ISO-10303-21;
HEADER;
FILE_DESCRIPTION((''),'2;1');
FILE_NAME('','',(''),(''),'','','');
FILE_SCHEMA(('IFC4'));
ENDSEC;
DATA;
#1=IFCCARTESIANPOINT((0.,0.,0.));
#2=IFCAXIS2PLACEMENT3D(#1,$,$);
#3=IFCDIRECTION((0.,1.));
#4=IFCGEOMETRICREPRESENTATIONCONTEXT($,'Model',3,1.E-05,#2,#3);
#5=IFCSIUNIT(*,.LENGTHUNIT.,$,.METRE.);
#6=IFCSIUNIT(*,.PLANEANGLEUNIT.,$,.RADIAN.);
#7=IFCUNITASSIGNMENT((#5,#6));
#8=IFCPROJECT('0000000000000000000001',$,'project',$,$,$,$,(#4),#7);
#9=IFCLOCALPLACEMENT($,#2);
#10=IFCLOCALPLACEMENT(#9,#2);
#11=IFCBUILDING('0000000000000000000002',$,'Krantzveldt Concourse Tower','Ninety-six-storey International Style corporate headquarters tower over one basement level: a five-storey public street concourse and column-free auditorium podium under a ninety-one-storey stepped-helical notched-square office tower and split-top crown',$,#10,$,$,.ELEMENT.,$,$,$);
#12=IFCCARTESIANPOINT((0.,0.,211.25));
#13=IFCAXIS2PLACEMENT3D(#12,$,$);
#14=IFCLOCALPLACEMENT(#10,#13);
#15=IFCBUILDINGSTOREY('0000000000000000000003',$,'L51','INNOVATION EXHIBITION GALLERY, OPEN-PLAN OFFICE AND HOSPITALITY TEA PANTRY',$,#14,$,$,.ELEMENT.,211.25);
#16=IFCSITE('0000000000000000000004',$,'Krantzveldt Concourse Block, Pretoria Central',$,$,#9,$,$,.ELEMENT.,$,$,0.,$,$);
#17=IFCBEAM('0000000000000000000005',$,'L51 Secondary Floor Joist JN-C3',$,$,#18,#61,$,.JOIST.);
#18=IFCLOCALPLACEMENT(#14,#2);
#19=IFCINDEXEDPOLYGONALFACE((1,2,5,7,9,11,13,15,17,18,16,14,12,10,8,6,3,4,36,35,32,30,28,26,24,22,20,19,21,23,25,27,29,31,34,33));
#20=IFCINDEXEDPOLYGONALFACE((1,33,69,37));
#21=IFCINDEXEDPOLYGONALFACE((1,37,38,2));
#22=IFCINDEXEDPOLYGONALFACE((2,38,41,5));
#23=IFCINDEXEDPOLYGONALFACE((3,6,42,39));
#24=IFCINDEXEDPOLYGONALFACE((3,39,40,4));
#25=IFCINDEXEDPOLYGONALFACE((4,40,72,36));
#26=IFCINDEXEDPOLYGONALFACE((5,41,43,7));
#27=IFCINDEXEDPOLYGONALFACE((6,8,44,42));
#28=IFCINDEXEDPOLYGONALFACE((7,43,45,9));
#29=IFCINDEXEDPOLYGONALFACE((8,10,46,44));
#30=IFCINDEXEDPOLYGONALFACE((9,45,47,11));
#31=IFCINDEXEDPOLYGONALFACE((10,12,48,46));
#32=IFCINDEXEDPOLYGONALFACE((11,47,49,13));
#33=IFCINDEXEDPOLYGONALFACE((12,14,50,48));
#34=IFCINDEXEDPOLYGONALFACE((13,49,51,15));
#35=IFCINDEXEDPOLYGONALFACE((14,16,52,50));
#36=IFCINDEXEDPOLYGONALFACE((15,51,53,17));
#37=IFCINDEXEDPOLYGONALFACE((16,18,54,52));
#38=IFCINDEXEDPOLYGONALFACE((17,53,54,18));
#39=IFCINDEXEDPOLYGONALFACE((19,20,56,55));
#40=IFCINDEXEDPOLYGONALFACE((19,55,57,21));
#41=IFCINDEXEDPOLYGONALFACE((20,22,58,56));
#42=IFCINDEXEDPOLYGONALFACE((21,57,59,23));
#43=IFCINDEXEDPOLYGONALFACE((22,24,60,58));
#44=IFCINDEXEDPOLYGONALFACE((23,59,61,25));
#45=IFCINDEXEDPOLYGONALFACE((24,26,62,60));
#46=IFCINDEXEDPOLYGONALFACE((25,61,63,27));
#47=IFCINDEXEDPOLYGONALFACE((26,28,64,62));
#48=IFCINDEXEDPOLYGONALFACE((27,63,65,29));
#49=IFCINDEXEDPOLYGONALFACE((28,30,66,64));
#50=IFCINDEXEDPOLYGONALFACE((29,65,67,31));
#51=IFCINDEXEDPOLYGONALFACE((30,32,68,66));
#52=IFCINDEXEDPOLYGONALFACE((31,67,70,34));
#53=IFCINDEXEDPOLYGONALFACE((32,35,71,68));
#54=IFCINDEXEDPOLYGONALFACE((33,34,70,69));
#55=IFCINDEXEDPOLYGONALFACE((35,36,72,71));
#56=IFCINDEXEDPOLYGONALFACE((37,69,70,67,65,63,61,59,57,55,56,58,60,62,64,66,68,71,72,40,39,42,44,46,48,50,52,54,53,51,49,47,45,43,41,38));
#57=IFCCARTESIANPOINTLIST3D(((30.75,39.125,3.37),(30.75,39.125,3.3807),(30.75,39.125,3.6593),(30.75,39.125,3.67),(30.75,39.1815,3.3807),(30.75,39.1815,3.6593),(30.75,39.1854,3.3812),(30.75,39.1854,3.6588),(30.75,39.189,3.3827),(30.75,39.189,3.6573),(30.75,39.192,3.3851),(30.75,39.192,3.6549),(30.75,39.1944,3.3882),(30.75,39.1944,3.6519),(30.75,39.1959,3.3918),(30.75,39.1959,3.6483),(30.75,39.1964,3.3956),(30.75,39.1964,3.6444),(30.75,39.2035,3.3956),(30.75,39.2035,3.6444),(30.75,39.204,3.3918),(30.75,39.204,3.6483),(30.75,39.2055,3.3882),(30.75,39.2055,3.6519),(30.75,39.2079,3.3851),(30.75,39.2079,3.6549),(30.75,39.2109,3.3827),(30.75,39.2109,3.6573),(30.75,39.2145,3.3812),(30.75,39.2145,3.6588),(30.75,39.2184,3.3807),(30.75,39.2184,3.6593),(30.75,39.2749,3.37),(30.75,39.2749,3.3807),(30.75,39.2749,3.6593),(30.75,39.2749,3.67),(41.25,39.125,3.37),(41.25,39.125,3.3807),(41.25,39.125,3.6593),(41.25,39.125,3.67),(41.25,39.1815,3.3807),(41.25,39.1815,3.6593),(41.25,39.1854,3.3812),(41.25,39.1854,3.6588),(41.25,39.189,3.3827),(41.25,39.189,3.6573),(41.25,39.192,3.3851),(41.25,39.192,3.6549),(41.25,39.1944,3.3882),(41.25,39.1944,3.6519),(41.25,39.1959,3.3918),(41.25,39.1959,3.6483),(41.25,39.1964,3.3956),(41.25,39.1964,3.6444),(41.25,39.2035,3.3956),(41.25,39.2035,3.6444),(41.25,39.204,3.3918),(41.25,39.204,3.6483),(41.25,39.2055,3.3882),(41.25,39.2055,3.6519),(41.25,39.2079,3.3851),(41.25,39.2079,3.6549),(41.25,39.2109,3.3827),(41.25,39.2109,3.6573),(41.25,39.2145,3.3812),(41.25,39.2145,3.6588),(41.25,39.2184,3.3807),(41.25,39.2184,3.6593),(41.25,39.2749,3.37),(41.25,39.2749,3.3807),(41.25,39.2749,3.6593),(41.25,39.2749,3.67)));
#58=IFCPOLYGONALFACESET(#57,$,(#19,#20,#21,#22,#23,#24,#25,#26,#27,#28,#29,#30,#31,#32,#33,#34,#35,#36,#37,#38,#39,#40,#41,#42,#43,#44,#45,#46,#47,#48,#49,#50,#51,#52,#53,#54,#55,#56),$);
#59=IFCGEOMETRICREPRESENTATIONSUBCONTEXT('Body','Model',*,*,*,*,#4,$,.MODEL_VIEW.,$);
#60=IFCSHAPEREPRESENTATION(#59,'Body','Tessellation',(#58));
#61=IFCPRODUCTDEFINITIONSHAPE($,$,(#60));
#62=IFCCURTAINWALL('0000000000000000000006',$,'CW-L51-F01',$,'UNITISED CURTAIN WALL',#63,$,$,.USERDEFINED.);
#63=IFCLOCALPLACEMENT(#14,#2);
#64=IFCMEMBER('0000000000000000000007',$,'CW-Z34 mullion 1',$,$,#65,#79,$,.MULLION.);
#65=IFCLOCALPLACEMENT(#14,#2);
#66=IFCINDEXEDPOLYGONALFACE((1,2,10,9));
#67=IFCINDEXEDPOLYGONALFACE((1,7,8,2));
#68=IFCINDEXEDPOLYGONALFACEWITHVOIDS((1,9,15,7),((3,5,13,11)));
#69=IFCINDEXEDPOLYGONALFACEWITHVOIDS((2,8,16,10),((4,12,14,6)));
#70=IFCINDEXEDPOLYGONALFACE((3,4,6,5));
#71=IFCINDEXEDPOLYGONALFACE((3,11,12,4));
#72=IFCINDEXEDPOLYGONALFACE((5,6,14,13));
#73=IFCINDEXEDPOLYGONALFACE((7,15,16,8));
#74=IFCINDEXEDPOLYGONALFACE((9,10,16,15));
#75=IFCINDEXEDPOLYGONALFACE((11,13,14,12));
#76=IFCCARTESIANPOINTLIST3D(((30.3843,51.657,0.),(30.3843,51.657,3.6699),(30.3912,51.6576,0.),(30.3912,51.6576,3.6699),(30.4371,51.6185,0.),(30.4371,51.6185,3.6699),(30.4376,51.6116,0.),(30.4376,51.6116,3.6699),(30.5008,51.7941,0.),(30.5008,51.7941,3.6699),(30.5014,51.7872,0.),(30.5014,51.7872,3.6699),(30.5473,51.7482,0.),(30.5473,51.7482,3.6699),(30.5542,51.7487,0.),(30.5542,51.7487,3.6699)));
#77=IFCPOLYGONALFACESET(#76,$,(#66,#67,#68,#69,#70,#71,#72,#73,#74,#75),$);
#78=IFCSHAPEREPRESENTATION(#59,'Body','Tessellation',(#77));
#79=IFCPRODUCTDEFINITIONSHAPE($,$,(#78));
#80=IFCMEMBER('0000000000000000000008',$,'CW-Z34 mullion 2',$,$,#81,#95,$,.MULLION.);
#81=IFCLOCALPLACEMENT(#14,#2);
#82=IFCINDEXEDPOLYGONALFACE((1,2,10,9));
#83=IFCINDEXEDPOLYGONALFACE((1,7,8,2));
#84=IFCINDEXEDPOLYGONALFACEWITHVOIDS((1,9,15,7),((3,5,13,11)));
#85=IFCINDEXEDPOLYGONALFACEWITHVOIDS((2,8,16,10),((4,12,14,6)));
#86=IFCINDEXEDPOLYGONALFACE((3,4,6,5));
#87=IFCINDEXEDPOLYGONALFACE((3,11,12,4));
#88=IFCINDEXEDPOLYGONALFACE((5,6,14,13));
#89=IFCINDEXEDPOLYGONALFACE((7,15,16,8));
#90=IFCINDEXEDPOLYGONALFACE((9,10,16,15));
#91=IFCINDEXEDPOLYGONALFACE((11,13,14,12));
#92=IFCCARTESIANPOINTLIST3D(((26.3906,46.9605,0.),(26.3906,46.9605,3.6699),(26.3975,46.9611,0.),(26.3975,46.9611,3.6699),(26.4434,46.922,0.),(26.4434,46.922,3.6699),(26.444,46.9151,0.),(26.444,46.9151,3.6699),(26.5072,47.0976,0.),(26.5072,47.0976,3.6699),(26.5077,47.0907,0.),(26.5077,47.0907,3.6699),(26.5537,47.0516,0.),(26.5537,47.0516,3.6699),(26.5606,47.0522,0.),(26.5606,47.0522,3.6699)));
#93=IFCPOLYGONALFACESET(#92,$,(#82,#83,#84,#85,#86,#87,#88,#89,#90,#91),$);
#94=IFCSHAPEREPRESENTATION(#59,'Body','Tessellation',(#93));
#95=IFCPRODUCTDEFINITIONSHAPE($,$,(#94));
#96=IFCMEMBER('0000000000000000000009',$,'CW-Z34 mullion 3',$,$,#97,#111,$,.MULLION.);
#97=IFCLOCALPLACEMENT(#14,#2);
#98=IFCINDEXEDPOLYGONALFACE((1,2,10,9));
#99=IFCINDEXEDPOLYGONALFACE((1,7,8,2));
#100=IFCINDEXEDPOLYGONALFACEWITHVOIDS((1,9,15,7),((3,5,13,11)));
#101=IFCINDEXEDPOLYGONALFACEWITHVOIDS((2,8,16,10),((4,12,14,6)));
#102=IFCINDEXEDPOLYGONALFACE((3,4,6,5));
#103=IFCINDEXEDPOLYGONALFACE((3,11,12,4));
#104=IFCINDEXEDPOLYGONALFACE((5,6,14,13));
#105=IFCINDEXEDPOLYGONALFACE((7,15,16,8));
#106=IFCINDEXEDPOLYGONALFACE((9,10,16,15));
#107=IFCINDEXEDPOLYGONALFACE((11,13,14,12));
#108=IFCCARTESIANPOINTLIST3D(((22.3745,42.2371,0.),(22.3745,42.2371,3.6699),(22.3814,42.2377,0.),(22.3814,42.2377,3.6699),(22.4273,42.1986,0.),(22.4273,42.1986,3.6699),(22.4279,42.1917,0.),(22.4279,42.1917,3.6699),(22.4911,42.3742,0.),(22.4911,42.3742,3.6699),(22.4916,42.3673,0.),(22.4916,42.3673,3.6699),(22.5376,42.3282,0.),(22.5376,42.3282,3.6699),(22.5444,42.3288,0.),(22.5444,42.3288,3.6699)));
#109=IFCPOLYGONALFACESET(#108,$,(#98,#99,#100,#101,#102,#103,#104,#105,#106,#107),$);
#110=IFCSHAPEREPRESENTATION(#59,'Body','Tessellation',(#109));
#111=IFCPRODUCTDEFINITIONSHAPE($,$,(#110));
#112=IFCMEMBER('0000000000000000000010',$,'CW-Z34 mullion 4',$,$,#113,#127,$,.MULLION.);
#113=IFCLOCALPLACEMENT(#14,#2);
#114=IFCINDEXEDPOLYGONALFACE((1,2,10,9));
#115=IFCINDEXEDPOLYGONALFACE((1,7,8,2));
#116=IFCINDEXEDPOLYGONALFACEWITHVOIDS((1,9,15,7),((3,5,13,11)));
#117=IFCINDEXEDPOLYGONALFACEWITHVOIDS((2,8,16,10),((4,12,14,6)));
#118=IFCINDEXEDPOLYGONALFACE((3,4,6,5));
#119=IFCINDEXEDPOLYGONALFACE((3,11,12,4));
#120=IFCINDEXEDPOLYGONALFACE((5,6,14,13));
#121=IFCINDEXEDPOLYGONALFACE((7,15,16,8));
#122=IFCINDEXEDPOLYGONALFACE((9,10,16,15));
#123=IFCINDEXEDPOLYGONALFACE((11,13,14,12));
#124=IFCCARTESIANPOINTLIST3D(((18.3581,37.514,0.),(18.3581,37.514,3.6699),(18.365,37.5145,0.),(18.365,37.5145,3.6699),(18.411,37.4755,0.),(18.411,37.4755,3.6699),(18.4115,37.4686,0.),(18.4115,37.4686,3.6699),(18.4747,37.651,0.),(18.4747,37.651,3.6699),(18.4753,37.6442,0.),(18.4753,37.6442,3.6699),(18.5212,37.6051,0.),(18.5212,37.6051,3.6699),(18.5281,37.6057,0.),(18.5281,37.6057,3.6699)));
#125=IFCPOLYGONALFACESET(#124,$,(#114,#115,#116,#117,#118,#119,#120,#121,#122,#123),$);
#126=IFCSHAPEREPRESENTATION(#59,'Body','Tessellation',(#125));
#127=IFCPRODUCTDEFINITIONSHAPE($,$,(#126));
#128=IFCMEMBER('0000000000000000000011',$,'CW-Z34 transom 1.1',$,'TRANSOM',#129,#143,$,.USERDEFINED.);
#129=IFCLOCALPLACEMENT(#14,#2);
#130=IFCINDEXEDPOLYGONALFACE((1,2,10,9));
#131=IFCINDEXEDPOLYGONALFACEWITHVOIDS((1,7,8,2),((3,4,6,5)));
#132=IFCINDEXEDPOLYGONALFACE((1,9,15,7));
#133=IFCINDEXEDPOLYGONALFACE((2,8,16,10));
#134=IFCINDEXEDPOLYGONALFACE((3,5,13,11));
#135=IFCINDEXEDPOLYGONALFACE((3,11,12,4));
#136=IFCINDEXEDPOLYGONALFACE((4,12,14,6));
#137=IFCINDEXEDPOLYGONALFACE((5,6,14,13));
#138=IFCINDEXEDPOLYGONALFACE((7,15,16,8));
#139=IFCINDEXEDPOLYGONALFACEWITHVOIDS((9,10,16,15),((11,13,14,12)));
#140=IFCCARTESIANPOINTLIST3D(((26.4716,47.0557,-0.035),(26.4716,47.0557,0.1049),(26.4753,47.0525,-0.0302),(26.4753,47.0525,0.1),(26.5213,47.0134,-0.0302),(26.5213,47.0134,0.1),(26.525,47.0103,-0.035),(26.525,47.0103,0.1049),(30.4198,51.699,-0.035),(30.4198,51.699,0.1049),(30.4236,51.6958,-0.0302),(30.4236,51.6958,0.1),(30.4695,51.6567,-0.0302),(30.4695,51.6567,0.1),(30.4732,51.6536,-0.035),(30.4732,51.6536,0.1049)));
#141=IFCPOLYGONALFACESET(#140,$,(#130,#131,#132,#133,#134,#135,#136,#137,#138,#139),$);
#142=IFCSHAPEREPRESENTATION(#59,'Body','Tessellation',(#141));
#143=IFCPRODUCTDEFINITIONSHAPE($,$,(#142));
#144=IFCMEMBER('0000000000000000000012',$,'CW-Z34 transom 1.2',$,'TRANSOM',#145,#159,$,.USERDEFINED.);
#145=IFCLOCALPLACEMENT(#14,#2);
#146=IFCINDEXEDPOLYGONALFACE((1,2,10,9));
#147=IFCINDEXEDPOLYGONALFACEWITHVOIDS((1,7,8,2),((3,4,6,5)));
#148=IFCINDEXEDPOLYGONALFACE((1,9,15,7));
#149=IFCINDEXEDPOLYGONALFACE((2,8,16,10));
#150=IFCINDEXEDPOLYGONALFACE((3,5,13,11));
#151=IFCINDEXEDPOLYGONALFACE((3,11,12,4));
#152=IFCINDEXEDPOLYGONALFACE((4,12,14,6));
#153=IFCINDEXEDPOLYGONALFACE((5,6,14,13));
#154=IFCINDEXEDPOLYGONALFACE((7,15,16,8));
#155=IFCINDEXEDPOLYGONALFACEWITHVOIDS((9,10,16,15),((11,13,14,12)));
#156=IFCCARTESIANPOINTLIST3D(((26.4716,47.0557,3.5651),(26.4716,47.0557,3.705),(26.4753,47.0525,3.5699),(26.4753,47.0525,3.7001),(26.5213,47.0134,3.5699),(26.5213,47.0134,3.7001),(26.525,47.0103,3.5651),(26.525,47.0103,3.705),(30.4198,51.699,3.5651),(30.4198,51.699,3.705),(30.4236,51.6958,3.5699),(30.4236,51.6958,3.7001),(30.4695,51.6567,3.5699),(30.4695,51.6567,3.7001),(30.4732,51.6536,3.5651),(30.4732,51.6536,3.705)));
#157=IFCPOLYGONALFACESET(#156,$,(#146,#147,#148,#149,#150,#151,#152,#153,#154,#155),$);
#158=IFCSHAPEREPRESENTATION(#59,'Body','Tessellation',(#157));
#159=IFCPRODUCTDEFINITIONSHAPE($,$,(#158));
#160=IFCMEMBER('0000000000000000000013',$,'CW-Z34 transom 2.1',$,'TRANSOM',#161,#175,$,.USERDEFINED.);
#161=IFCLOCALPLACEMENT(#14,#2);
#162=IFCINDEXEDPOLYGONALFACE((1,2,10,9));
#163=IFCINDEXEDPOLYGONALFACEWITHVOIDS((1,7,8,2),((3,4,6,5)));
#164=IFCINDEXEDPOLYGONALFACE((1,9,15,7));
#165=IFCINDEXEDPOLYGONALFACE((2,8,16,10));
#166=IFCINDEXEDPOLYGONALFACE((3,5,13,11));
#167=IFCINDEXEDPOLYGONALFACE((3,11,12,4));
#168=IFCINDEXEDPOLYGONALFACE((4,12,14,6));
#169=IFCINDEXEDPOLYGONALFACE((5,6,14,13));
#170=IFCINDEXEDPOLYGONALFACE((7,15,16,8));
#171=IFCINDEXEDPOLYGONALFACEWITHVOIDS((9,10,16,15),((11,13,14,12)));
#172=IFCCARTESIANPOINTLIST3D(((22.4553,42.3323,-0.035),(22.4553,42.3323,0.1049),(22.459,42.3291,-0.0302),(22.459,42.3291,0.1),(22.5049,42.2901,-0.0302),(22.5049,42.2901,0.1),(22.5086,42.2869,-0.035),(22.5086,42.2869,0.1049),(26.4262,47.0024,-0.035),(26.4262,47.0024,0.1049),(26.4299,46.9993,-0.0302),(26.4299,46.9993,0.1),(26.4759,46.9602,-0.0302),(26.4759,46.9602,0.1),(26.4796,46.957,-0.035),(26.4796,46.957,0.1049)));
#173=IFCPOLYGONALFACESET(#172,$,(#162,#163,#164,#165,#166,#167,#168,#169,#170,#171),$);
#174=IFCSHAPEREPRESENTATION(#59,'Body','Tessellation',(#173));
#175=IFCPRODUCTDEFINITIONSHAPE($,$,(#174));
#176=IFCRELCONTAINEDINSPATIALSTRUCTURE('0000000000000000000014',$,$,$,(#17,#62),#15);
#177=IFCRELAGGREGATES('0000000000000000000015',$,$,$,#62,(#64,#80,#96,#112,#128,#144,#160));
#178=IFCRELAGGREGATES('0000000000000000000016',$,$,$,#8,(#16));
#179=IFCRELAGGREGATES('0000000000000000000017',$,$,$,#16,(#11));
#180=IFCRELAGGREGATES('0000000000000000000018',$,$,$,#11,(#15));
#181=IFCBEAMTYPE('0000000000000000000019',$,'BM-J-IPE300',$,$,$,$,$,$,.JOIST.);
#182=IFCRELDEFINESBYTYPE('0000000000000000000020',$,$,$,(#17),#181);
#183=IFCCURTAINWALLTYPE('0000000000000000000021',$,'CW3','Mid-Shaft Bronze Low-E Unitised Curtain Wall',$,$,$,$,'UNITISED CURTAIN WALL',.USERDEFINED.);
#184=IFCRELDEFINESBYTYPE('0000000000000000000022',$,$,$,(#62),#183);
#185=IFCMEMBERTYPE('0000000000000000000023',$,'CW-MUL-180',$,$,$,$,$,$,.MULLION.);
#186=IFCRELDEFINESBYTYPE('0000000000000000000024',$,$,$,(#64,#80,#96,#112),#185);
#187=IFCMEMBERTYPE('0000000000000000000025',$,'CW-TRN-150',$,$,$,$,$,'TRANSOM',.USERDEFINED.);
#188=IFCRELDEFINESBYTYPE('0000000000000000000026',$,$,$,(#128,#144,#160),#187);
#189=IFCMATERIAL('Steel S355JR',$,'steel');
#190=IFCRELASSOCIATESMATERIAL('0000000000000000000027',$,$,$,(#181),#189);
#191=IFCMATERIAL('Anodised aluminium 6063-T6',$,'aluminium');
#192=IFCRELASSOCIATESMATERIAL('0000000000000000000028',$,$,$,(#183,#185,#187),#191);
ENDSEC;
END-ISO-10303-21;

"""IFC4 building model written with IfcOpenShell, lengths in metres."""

from ifc_helpers import new_model, si_unit, direction, frame, origin, origin_2d, place, context, subcontext, project, spatial, hollow_rectangle, i_section, extrude, source, transform, mapped, material, material_profile, profile_set, type_object, type_shapes, element, aggregate, save


model = new_model("IFC4")

# Units and contexts
model_context = context("Model", 3, precision=1e-05, world=origin(), true_north=direction((0.0, 1.0)))
body_context = subcontext(model_context, "Body", "Model", "MODEL_VIEW")
ifc_project = project(units=[si_unit("LENGTHUNIT", "METRE"), si_unit("PLANEANGLEUNIT", "RADIAN")], contexts=[model_context])

# Site, building, storey
site_placement = place(None, origin())
site = spatial("IfcSite", under=ifc_project, at=site_placement, Name="Krantzveldt Concourse Block, Pretoria Central", CompositionType="ELEMENT", RefElevation=0.0)
building_placement = place(site_placement, origin())
building = spatial("IfcBuilding", under=site, at=building_placement, Name="Krantzveldt Concourse Tower", Description="Ninety-six-storey International Style corporate headquarters tower over one basement level: a five-storey public street concourse and column-free auditorium podium under a ninety-one-storey stepped-helical notched-square office tower and split-top crown", CompositionType="ELEMENT")
storey_placement = place(building_placement, frame((0.0, 0.0, 211.25)))
storey = spatial("IfcBuildingStorey", under=building, at=storey_placement, Name="L51", Description="INNOVATION EXHIBITION GALLERY, OPEN-PLAN OFFICE AND HOSPITALITY TEA PANTRY", CompositionType="ELEMENT", Elevation=211.25)

# Beam
ifc_material_1 = material(Name="Steel S355JR", Category="steel")
ifc_material_profile_1 = material_profile(ifc_material_1, i_section(OverallWidth=0.1499, OverallDepth=0.3, WebThickness=0.0071, FlangeThickness=0.0107, FilletRadius=0.0149, at=origin_2d()), Name="Steel S355JR", Category="steel")
ifc_profile_set_1 = profile_set([ifc_material_profile_1], Name="Steel S355JR - IPE 300")
beam_type_1 = type_object("IfcBeamType", Name="BM-J-IPE300", PredefinedType="JOIST", material=ifc_profile_set_1)
shared_shape_1 = source(origin(), body_context, "Body", "SweptSolid", [
    extrude(i_section(OverallWidth=0.1499, OverallDepth=0.3, WebThickness=0.0071, FlangeThickness=0.0107, FilletRadius=0.0149, at=origin_2d()), origin(), (0.0, 0.0, 1.0), 10.5),
])
type_shapes(beam_type_1, [shared_shape_1])
beam_1_placement = place(storey_placement, frame((30.75, 39.2, 3.52), z_axis=(1.0, 0.0, 0.0), x_axis=(0.0, 1.0, 0.0)))
element("IfcBeam", 1, at=beam_1_placement, inside=storey, type_object=beam_type_1, Name="L51 Secondary Floor Joist JN-C3", PredefinedType="JOIST", context=body_context, shape_type="MappedRepresentation", body=[
    mapped(shared_shape_1, transform((0.0, 0.0, 0.0), x_axis=(1.0, 0.0, 0.0), y_axis=(0.0, 1.0, 0.0), z_axis=(0.0, 0.0, 1.0), scale=1.0)),
])

# Curtain wall, members
ifc_material_2 = material(Name="Anodised aluminium 6063-T6", Category="aluminium")
curtain_wall_type = type_object("IfcCurtainWallType", Name="CW3", Description="Mid-Shaft Bronze Low-E Unitised Curtain Wall", ElementType="UNITISED CURTAIN WALL", PredefinedType="USERDEFINED", material=ifc_material_2)
curtain_wall_placement = place(storey_placement, origin())
curtain_wall = element("IfcCurtainWall", 2, at=curtain_wall_placement, inside=storey, type_object=curtain_wall_type, Name="CW-L51-F01", ObjectType="UNITISED CURTAIN WALL", PredefinedType="USERDEFINED")
ifc_material_profile_2 = material_profile(ifc_material_2, hollow_rectangle(XDim=0.0701, YDim=0.1799, WallThickness=0.0049, at=origin_2d()), Name="Anodised aluminium 6063-T6", Category="aluminium")
ifc_profile_set_2 = profile_set([ifc_material_profile_2], Name="Anodised aluminium 6063-T6 - ALU-MULL 180x70x5")
member_type_1 = type_object("IfcMemberType", Name="CW-MUL-180", PredefinedType="MULLION", material=ifc_profile_set_2)
shared_shape_2 = source(origin(), body_context, "Body", "SweptSolid", [
    extrude(hollow_rectangle(XDim=0.0701, YDim=0.1799, WallThickness=0.0049, at=origin_2d()), origin(), (0.0, 0.0, 1.0), 3.6699),
])
type_shapes(member_type_1, [shared_shape_2])
member_1_placement = place(storey_placement, frame((30.4692, 51.7029, 0.0), z_axis=(0.0, 0.0, 1.0), x_axis=(0.761821, -0.647788, 0.0)))
member_1 = element("IfcMember", 3, at=member_1_placement, type_object=member_type_1, Name="CW-Z34 mullion 1", PredefinedType="MULLION", context=body_context, shape_type="MappedRepresentation", body=[
    mapped(shared_shape_2, transform((0.0, 0.0, 0.0), x_axis=(1.0, 0.0, 0.0), y_axis=(0.0, 1.0, 0.0), z_axis=(0.0, 0.0, 1.0), scale=1.0)),
])
member_2_placement = place(storey_placement, frame((26.4756, 47.0063, 0.0), z_axis=(0.0, 0.0, 1.0), x_axis=(0.761821, -0.647788, 0.0)))
member_2 = element("IfcMember", 4, at=member_2_placement, type_object=member_type_1, Name="CW-Z34 mullion 2", PredefinedType="MULLION", context=body_context, shape_type="MappedRepresentation", body=[
    mapped(shared_shape_2, transform((0.0, 0.0, 0.0), x_axis=(1.0, 0.0, 0.0), y_axis=(0.0, 1.0, 0.0), z_axis=(0.0, 0.0, 1.0), scale=1.0)),
])
member_3_placement = place(storey_placement, frame((22.4595, 42.283, 0.0), z_axis=(0.0, 0.0, 1.0), x_axis=(0.761821, -0.647788, 0.0)))
member_3 = element("IfcMember", 5, at=member_3_placement, type_object=member_type_1, Name="CW-Z34 mullion 3", PredefinedType="MULLION", context=body_context, shape_type="MappedRepresentation", body=[
    mapped(shared_shape_2, transform((0.0, 0.0, 0.0), x_axis=(1.0, 0.0, 0.0), y_axis=(0.0, 1.0, 0.0), z_axis=(0.0, 0.0, 1.0), scale=1.0)),
])
member_4_placement = place(storey_placement, frame((18.4431, 37.5598, 0.0), z_axis=(0.0, 0.0, 1.0), x_axis=(0.761821, -0.647788, 0.0)))
member_4 = element("IfcMember", 6, at=member_4_placement, type_object=member_type_1, Name="CW-Z34 mullion 4", PredefinedType="MULLION", context=body_context, shape_type="MappedRepresentation", body=[
    mapped(shared_shape_2, transform((0.0, 0.0, 0.0), x_axis=(1.0, 0.0, 0.0), y_axis=(0.0, 1.0, 0.0), z_axis=(0.0, 0.0, 1.0), scale=1.0)),
])
ifc_material_profile_3 = material_profile(ifc_material_2, hollow_rectangle(XDim=0.0701, YDim=0.1399, WallThickness=0.0049, at=origin_2d()), Name="Anodised aluminium 6063-T6", Category="aluminium")
ifc_profile_set_3 = profile_set([ifc_material_profile_3], Name="Anodised aluminium 6063-T6 - ALU-TRAN 140x70x5")
member_type_2 = type_object("IfcMemberType", Name="CW-TRN-150", ElementType="TRANSOM", PredefinedType="USERDEFINED", material=ifc_profile_set_3)
shared_shape_3 = source(origin(), body_context, "Body", "SweptSolid", [
    extrude(hollow_rectangle(XDim=0.0701, YDim=0.1399, WallThickness=0.0049, at=origin_2d()), origin(), (0.0, 0.0, 1.0), 6.095),
])
member_5_placement = place(storey_placement, frame((30.4465, 51.6763, 0.0349), z_axis=(-0.647784, -0.761824, 0.0), x_axis=(0.761824, -0.647784, 0.0)))
member_5 = element("IfcMember", 7, at=member_5_placement, type_object=member_type_2, Name="CW-Z34 transom 1.1", ObjectType="TRANSOM", PredefinedType="USERDEFINED", context=body_context, shape_type="MappedRepresentation", body=[
    mapped(shared_shape_3, transform((0.0, 0.0, 0.0), x_axis=(1.0, 0.0, 0.0), y_axis=(0.0, 1.0, 0.0), z_axis=(0.0, 0.0, 1.0), scale=1.0)),
])
member_6_placement = place(storey_placement, frame((30.4465, 51.6763, 3.635), z_axis=(-0.647784, -0.761824, 0.0), x_axis=(0.761824, -0.647784, 0.0)))
member_6 = element("IfcMember", 8, at=member_6_placement, type_object=member_type_2, Name="CW-Z34 transom 1.2", ObjectType="TRANSOM", PredefinedType="USERDEFINED", context=body_context, shape_type="MappedRepresentation", body=[
    mapped(shared_shape_3, transform((0.0, 0.0, 0.0), x_axis=(1.0, 0.0, 0.0), y_axis=(0.0, 1.0, 0.0), z_axis=(0.0, 0.0, 1.0), scale=1.0)),
])
shared_shape_4 = source(origin(), body_context, "Body", "SweptSolid", [
    extrude(hollow_rectangle(XDim=0.0701, YDim=0.1399, WallThickness=0.0049, at=origin_2d()), origin(), (0.0, 0.0, 1.0), 6.1301),
])
member_7_placement = place(storey_placement, frame((26.4529, 46.9797, 0.0349), z_axis=(-0.647772, -0.761834, 0.0), x_axis=(0.761834, -0.647772, 0.0)))
member_7 = element("IfcMember", 9, at=member_7_placement, type_object=member_type_2, Name="CW-Z34 transom 2.1", ObjectType="TRANSOM", PredefinedType="USERDEFINED", context=body_context, shape_type="MappedRepresentation", body=[
    mapped(shared_shape_4, transform((0.0, 0.0, 0.0), x_axis=(1.0, 0.0, 0.0), y_axis=(0.0, 1.0, 0.0), z_axis=(0.0, 0.0, 1.0), scale=1.0)),
])
aggregate(curtain_wall, [member_1, member_2, member_3, member_4, member_5, member_6, member_7])

save(model, "model.ifc")
